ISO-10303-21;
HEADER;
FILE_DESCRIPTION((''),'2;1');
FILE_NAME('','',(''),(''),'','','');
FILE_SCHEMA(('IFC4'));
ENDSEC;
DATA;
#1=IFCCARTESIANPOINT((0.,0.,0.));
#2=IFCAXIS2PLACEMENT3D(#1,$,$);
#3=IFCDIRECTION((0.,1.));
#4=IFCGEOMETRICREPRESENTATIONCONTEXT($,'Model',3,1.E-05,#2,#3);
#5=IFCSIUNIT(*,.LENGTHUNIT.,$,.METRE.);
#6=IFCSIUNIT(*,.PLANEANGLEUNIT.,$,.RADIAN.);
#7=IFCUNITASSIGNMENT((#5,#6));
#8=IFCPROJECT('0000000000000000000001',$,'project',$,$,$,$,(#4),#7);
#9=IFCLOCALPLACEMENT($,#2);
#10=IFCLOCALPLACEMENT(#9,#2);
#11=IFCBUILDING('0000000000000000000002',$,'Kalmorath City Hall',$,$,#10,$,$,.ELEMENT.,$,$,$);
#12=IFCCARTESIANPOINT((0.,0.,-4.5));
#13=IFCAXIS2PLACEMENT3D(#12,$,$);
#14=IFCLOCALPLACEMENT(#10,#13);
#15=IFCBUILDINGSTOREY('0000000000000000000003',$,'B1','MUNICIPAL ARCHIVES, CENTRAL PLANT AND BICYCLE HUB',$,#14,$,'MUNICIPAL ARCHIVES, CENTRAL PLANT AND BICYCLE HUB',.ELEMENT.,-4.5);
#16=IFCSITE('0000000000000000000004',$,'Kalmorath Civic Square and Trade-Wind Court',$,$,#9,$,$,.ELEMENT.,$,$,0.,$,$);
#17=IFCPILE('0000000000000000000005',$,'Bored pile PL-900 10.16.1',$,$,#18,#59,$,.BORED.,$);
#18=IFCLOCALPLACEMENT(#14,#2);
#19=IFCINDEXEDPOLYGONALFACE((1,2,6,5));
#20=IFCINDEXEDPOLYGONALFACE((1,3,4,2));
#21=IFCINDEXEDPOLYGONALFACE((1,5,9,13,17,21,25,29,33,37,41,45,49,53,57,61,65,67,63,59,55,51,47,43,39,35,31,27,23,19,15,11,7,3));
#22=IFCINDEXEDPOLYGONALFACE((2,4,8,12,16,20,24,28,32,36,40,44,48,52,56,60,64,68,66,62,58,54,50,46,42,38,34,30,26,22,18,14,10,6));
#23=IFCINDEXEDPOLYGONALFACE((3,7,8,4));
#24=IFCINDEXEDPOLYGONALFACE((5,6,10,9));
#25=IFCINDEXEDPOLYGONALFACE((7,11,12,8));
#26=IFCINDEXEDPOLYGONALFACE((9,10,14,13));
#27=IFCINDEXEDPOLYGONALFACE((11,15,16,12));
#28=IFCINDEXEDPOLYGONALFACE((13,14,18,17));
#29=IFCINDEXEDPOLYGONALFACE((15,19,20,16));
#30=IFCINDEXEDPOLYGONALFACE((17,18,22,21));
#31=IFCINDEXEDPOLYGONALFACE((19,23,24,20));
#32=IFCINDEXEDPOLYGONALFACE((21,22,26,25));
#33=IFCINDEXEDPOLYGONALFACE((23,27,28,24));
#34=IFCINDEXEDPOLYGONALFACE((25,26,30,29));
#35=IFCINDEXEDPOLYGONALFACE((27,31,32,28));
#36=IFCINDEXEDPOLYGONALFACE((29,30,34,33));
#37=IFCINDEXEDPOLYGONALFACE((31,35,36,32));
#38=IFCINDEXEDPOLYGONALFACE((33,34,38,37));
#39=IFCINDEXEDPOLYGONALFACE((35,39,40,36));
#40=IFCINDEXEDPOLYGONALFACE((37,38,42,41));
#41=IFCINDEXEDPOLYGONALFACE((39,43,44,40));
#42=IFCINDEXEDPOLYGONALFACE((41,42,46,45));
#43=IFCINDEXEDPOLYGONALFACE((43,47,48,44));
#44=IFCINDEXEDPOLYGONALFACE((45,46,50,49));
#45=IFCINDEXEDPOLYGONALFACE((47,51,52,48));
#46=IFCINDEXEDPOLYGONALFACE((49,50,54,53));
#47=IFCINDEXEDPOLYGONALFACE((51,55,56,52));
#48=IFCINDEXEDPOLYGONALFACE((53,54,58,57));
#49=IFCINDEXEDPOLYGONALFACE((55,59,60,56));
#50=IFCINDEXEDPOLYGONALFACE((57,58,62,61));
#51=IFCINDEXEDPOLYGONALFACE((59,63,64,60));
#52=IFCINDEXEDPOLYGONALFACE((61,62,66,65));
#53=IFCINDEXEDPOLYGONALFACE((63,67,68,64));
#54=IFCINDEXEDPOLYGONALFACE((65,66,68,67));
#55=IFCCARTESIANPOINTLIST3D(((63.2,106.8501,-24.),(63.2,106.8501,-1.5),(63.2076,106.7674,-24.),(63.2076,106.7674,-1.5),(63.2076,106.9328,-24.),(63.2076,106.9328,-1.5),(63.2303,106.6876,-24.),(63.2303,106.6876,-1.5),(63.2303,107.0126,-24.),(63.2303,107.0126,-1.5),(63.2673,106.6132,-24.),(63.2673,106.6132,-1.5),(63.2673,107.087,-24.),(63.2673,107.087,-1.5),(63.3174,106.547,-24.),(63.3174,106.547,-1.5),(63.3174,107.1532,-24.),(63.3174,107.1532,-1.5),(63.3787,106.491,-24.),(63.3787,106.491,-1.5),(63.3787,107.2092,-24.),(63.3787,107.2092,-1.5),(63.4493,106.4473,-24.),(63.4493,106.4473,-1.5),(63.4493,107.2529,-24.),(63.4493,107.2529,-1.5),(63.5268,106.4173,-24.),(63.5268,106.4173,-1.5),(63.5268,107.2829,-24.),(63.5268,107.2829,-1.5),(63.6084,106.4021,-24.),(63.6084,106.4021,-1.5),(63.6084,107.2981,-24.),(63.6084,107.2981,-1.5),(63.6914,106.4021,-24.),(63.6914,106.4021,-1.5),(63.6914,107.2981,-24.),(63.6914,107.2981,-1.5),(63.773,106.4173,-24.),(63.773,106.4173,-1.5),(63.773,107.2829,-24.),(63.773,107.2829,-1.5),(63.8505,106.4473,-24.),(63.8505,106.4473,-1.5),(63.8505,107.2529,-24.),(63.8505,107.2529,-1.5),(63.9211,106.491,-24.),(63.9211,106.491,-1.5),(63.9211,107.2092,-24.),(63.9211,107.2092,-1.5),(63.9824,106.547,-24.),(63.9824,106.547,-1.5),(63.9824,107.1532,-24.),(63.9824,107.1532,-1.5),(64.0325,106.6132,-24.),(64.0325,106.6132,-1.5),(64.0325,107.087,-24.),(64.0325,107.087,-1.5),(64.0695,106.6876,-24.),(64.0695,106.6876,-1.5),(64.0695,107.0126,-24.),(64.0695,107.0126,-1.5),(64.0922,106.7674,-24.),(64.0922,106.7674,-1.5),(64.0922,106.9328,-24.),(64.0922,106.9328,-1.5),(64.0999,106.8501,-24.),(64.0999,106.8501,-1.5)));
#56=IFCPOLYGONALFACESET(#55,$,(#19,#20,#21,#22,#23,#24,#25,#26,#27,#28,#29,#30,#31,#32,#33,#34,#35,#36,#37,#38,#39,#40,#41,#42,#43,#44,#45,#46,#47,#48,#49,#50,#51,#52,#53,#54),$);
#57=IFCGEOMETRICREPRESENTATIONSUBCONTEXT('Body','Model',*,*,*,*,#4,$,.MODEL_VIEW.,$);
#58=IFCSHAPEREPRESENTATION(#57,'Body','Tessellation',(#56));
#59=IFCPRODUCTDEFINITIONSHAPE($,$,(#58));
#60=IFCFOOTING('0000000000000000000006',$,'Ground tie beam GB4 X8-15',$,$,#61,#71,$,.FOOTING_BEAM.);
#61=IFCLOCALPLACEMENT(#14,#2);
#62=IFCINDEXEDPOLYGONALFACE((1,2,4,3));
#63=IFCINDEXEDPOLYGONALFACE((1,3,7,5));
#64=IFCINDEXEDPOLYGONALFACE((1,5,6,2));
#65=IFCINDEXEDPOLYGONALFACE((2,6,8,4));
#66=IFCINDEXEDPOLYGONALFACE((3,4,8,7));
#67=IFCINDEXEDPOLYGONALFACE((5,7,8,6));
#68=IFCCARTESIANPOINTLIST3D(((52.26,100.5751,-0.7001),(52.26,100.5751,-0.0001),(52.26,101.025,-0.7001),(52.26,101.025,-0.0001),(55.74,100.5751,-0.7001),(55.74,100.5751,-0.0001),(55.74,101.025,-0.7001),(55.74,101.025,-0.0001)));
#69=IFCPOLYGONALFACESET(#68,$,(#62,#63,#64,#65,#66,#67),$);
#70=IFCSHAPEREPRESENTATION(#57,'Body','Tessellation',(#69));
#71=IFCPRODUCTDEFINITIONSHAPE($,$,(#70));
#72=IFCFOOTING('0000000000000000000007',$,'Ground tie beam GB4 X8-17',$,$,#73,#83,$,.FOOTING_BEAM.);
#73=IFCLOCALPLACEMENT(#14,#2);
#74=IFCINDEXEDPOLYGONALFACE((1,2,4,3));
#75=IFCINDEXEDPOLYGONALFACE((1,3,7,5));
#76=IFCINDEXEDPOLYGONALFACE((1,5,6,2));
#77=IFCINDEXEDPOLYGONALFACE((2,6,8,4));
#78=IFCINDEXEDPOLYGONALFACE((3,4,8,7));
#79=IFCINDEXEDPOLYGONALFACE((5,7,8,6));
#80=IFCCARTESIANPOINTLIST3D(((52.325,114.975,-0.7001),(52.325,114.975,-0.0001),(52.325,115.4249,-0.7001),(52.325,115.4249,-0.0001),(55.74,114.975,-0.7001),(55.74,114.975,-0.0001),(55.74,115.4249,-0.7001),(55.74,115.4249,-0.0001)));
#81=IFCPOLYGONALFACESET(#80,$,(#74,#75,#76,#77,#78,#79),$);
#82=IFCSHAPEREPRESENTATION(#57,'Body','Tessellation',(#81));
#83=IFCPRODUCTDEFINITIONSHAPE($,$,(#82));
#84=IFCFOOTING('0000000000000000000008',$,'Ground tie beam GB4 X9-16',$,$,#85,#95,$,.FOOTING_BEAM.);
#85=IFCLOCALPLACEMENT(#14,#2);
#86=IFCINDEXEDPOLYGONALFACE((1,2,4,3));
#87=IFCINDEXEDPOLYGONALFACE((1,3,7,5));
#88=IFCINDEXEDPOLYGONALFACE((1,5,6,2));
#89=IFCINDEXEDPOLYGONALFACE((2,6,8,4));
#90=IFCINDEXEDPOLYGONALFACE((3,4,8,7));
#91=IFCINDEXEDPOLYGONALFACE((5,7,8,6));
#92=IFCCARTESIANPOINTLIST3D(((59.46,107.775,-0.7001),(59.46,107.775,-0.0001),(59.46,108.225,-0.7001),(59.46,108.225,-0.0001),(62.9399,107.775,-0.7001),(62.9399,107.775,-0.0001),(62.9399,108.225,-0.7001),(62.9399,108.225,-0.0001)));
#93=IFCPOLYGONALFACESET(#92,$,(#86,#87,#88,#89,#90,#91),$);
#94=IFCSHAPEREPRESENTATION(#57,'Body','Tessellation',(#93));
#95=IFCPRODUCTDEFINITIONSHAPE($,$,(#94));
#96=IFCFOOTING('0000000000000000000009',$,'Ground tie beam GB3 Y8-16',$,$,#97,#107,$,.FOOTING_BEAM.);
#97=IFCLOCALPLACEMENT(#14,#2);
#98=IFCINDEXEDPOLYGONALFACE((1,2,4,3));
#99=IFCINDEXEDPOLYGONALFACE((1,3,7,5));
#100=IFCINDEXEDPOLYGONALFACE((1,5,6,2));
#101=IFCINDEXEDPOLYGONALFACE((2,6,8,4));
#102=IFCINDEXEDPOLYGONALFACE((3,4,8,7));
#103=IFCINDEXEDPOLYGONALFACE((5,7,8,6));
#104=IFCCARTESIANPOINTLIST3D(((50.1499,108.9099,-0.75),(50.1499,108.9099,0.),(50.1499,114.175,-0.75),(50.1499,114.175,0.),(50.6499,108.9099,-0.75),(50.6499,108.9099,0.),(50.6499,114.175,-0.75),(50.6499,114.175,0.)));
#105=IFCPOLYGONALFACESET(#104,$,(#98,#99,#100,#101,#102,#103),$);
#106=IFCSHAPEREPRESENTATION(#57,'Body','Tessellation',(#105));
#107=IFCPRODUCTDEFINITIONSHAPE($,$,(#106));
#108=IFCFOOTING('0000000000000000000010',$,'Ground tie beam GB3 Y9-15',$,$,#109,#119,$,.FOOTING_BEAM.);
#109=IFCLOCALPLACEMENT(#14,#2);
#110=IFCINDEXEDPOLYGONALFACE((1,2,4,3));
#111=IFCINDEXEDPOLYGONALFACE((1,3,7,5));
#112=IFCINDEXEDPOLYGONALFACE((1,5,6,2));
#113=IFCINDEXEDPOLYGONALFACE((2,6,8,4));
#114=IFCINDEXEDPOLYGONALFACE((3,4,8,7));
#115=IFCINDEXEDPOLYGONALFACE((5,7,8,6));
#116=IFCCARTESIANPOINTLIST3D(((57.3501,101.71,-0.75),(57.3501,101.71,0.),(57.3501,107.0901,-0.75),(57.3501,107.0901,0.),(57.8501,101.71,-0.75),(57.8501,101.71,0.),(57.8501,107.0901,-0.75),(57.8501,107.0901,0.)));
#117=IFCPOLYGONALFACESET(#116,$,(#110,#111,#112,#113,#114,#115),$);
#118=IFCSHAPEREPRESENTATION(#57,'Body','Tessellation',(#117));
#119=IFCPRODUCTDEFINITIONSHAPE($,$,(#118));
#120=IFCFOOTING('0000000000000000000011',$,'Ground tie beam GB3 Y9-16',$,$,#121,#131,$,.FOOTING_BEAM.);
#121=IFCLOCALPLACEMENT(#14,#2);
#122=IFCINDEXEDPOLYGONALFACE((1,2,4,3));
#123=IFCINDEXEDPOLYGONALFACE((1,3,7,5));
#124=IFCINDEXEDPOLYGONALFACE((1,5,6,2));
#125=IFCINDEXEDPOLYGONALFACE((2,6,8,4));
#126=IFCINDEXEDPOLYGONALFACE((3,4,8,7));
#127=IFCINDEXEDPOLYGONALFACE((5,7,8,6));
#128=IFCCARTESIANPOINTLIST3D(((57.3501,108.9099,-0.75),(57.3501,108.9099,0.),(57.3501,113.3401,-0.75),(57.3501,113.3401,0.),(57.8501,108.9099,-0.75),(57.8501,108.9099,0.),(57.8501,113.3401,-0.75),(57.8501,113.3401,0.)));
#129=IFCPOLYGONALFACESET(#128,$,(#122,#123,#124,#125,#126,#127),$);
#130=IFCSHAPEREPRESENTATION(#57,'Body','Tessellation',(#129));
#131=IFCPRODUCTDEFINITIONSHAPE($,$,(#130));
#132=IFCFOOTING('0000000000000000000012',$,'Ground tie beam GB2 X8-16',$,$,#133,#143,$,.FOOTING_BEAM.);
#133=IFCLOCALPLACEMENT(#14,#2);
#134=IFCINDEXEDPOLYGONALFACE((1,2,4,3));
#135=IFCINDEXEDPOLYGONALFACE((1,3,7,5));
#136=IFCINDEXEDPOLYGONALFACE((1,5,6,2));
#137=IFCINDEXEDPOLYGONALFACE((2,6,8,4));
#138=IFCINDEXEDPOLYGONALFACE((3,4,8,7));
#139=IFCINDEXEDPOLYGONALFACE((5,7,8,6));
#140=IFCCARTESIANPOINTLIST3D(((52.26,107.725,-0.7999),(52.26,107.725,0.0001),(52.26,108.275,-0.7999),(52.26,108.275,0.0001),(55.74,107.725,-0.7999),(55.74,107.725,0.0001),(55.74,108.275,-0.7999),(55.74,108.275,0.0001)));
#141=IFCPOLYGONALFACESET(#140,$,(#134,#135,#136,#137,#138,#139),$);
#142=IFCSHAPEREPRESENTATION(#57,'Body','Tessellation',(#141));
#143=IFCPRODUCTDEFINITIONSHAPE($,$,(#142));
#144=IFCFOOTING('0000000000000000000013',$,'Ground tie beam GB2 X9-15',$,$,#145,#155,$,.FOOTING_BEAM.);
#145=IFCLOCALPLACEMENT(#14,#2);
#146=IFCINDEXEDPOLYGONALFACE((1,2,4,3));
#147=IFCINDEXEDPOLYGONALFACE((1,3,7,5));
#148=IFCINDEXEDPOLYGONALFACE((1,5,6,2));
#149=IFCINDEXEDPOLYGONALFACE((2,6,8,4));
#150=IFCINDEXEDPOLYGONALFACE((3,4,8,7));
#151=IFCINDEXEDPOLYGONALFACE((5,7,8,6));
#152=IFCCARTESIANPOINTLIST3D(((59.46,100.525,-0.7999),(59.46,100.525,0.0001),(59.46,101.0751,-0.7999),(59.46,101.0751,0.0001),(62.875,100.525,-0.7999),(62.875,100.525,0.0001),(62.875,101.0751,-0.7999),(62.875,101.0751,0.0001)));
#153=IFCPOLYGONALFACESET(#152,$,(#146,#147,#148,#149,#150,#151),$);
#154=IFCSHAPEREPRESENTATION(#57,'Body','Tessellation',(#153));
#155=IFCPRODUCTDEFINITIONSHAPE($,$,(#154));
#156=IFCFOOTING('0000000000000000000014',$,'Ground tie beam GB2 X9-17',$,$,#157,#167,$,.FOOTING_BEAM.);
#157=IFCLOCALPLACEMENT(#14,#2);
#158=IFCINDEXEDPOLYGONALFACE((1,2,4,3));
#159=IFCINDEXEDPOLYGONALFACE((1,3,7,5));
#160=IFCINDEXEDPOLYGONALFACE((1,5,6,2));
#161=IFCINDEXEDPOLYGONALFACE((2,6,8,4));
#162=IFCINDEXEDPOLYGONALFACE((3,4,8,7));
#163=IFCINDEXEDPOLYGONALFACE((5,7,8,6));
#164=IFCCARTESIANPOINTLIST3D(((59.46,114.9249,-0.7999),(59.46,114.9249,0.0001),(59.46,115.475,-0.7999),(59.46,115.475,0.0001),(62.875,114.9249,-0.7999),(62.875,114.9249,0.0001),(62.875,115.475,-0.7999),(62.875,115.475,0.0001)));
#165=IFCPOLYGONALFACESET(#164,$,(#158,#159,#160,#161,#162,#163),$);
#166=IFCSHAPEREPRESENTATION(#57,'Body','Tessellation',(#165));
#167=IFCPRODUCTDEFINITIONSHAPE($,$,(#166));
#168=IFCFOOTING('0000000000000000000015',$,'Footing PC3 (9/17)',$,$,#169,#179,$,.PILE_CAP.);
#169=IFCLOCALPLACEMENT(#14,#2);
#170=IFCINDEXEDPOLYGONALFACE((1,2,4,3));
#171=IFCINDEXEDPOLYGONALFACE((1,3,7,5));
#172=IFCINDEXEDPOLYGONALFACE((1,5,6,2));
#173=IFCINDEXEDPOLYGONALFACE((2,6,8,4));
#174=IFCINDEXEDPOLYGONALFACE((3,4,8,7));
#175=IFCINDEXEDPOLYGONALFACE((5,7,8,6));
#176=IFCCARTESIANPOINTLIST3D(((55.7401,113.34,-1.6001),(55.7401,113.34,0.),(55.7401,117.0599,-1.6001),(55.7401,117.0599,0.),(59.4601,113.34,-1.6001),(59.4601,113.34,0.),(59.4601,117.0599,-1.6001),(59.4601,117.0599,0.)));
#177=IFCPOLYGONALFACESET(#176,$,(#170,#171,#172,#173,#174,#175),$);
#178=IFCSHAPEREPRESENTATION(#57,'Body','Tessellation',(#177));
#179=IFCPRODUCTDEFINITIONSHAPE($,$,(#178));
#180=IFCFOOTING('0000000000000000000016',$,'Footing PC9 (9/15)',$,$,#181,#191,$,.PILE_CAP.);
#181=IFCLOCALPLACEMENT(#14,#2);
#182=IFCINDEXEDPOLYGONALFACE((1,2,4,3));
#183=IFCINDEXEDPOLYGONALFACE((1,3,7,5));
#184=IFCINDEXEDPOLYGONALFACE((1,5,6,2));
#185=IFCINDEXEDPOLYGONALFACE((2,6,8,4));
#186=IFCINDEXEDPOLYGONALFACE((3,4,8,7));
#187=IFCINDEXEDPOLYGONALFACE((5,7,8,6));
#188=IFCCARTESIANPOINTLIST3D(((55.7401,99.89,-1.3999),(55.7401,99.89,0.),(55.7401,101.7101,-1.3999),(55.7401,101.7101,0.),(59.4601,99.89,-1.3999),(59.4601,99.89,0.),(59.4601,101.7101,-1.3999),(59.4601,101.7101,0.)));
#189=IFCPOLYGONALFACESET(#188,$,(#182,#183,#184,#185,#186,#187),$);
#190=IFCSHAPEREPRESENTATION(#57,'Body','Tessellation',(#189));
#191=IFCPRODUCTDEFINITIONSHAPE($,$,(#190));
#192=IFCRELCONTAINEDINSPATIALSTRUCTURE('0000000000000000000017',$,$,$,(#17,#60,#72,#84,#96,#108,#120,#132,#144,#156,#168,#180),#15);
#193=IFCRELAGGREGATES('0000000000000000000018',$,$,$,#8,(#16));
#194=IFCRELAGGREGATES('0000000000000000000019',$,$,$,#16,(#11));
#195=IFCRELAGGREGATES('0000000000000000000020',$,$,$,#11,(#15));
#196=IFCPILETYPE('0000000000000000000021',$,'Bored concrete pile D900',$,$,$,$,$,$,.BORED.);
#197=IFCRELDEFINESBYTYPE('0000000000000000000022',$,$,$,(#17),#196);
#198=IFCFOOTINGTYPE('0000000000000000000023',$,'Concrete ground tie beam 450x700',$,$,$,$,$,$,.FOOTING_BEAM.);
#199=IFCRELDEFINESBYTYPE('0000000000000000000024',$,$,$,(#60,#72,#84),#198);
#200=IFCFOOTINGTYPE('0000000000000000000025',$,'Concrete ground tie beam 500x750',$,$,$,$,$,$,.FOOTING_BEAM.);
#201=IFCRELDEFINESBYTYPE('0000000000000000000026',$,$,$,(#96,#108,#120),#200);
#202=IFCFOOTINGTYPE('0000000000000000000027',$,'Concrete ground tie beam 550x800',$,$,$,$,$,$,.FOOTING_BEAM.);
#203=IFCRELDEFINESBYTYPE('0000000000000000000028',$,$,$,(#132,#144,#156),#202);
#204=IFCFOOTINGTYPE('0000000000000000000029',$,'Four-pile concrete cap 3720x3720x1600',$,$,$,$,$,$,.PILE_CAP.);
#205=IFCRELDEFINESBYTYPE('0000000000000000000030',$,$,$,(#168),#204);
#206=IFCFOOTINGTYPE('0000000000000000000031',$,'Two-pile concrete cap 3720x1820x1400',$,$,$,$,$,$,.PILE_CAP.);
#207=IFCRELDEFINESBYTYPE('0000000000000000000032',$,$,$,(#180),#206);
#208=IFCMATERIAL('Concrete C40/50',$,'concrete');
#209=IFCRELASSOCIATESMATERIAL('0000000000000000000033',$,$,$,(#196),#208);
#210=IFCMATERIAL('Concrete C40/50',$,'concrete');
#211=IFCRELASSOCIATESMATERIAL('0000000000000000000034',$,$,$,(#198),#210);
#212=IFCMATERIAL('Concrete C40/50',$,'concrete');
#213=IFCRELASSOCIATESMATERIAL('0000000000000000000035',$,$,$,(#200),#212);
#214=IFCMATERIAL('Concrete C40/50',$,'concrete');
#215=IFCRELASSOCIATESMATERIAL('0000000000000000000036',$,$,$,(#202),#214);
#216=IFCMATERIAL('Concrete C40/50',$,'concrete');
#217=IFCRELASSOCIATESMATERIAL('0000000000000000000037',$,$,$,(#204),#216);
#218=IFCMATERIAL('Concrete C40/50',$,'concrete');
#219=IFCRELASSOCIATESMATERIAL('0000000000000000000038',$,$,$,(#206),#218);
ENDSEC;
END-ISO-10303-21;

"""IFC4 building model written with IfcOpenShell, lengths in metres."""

from ifc_helpers import new_model, si_unit, direction, frame, origin, origin_2d, place, context, subcontext, project, spatial, rectangle, circle, extrude, material, material_profile, profile_set, type_object, element, save


model = new_model("IFC4")

# Units and contexts
model_context = context("Model", 3, precision=1e-05, world=origin(), true_north=direction((0.0, 1.0)))
body_context = subcontext(model_context, "Body", "Model", "MODEL_VIEW")
ifc_project = project(units=[si_unit("LENGTHUNIT", "METRE"), si_unit("PLANEANGLEUNIT", "RADIAN")], contexts=[model_context])

# Site, building, storey
site_placement = place(None, origin())
site = spatial("IfcSite", under=ifc_project, at=site_placement, Name="Kalmorath Civic Square and Trade-Wind Court", CompositionType="ELEMENT", RefElevation=0.0)
building_placement = place(site_placement, origin())
building = spatial("IfcBuilding", under=site, at=building_placement, Name="Kalmorath City Hall", CompositionType="ELEMENT")
storey_placement = place(building_placement, frame((0.0, 0.0, -4.5)))
storey = spatial("IfcBuildingStorey", under=building, at=storey_placement, Name="B1", Description="MUNICIPAL ARCHIVES, CENTRAL PLANT AND BICYCLE HUB", LongName="MUNICIPAL ARCHIVES, CENTRAL PLANT AND BICYCLE HUB", CompositionType="ELEMENT", Elevation=-4.5)

# Pile
ifc_material_1 = material(Name="Concrete C40/50", Category="concrete")
ifc_material_profile_1 = material_profile(ifc_material_1, circle(Radius=0.45, at=origin_2d()), Name="PILE-D900")
ifc_profile_set_1 = profile_set([ifc_material_profile_1], Name="Concrete C40/50")
pile_type = type_object("IfcPileType", Name="Bored concrete pile D900", PredefinedType="BORED", material=ifc_profile_set_1)
pile_1_placement = place(storey_placement, frame((63.6499, 106.8501, -1.5), z_axis=(0.0, 0.0, -1.0), x_axis=(1.0, 0.0, 0.0)))
element("IfcPile", 1, at=pile_1_placement, inside=storey, type_object=pile_type, Name="Bored pile PL-900 10.16.1", PredefinedType="BORED", context=body_context, shape_type="SweptSolid", body=[
    extrude(circle(Radius=0.45, at=origin_2d()), origin(), (0.0, 0.0, 1.0), 22.5),
])

# Footings
ifc_material_2 = material(Name="Concrete C40/50", Category="concrete")
ifc_material_profile_2 = material_profile(ifc_material_2, rectangle(XDim=0.45, YDim=0.7, at=origin_2d()), Name="RC-BM-450X700")
ifc_profile_set_2 = profile_set([ifc_material_profile_2], Name="Concrete C40/50")
footing_type_1 = type_object("IfcFootingType", Name="Concrete ground tie beam 450x700", PredefinedType="FOOTING_BEAM", material=ifc_profile_set_2)
footing_1_placement = place(storey_placement, frame((52.26, 100.8, -0.3501), z_axis=(1.0, 0.0, 0.0), x_axis=(0.0, 1.0, 0.0)))
element("IfcFooting", 2, at=footing_1_placement, inside=storey, type_object=footing_type_1, Name="Ground tie beam GB4 X8-15", PredefinedType="FOOTING_BEAM", context=body_context, shape_type="SweptSolid", body=[
    extrude(rectangle(XDim=0.45, YDim=0.7, at=origin_2d()), origin(), (0.0, 0.0, 1.0), 3.48),
])
footing_2_placement = place(storey_placement, frame((52.325, 115.2, -0.3501), z_axis=(1.0, 0.0, 0.0), x_axis=(0.0, 1.0, 0.0)))
element("IfcFooting", 3, at=footing_2_placement, inside=storey, type_object=footing_type_1, Name="Ground tie beam GB4 X8-17", PredefinedType="FOOTING_BEAM", context=body_context, shape_type="SweptSolid", body=[
    extrude(rectangle(XDim=0.45, YDim=0.7, at=origin_2d()), origin(), (0.0, 0.0, 1.0), 3.415),
])
footing_3_placement = place(storey_placement, frame((59.46, 108.0, -0.3501), z_axis=(1.0, 0.0, 0.0), x_axis=(0.0, 1.0, 0.0)))
element("IfcFooting", 4, at=footing_3_placement, inside=storey, type_object=footing_type_1, Name="Ground tie beam GB4 X9-16", PredefinedType="FOOTING_BEAM", context=body_context, shape_type="SweptSolid", body=[
    extrude(rectangle(XDim=0.45, YDim=0.7, at=origin_2d()), origin(), (0.0, 0.0, 1.0), 3.48),
])
ifc_material_3 = material(Name="Concrete C40/50", Category="concrete")
ifc_material_profile_3 = material_profile(ifc_material_3, rectangle(XDim=0.5, YDim=0.75, at=origin_2d()), Name="RC-BM-500X750")
ifc_profile_set_3 = profile_set([ifc_material_profile_3], Name="Concrete C40/50")
footing_type_2 = type_object("IfcFootingType", Name="Concrete ground tie beam 500x750", PredefinedType="FOOTING_BEAM", material=ifc_profile_set_3)
footing_4_placement = place(storey_placement, frame((50.3999, 108.9099, -0.375), z_axis=(0.0, 1.0, 0.0), x_axis=(-1.0, 0.0, 0.0)))
element("IfcFooting", 5, at=footing_4_placement, inside=storey, type_object=footing_type_2, Name="Ground tie beam GB3 Y8-16", PredefinedType="FOOTING_BEAM", context=body_context, shape_type="SweptSolid", body=[
    extrude(rectangle(XDim=0.5, YDim=0.75, at=origin_2d()), origin(), (0.0, 0.0, 1.0), 5.2651),
])
footing_5_placement = place(storey_placement, frame((57.6001, 101.71, -0.375), z_axis=(0.0, 1.0, 0.0), x_axis=(-1.0, 0.0, 0.0)))
element("IfcFooting", 6, at=footing_5_placement, inside=storey, type_object=footing_type_2, Name="Ground tie beam GB3 Y9-15", PredefinedType="FOOTING_BEAM", context=body_context, shape_type="SweptSolid", body=[
    extrude(rectangle(XDim=0.5, YDim=0.75, at=origin_2d()), origin(), (0.0, 0.0, 1.0), 5.3801),
])
footing_6_placement = place(storey_placement, frame((57.6001, 108.9099, -0.375), z_axis=(0.0, 1.0, 0.0), x_axis=(-1.0, 0.0, 0.0)))
element("IfcFooting", 7, at=footing_6_placement, inside=storey, type_object=footing_type_2, Name="Ground tie beam GB3 Y9-16", PredefinedType="FOOTING_BEAM", context=body_context, shape_type="SweptSolid", body=[
    extrude(rectangle(XDim=0.5, YDim=0.75, at=origin_2d()), origin(), (0.0, 0.0, 1.0), 4.4302),
])
ifc_material_4 = material(Name="Concrete C40/50", Category="concrete")
ifc_material_profile_4 = material_profile(ifc_material_4, rectangle(XDim=0.55, YDim=0.8, at=origin_2d()), Name="RC-BM-550X800")
ifc_profile_set_4 = profile_set([ifc_material_profile_4], Name="Concrete C40/50")
footing_type_3 = type_object("IfcFootingType", Name="Concrete ground tie beam 550x800", PredefinedType="FOOTING_BEAM", material=ifc_profile_set_4)
footing_7_placement = place(storey_placement, frame((52.26, 108.0, -0.3999), z_axis=(1.0, 0.0, 0.0), x_axis=(0.0, 1.0, 0.0)))
element("IfcFooting", 8, at=footing_7_placement, inside=storey, type_object=footing_type_3, Name="Ground tie beam GB2 X8-16", PredefinedType="FOOTING_BEAM", context=body_context, shape_type="SweptSolid", body=[
    extrude(rectangle(XDim=0.55, YDim=0.8, at=origin_2d()), origin(), (0.0, 0.0, 1.0), 3.48),
])
for number, where, z_axis, x_axis, name in (
    (9, (59.46, 100.8, -0.3999), (1.0, 0.0, 0.0), (0.0, 1.0, 0.0), "Ground tie beam GB2 X9-15"),
    (10, (59.46, 115.2, -0.3999), (1.0, 0.0, 0.0), (0.0, 1.0, 0.0), "Ground tie beam GB2 X9-17"),
):
    element("IfcFooting", number, at=place(storey_placement, frame(where, z_axis=z_axis, x_axis=x_axis)), inside=storey, type_object=footing_type_3, Name=name, PredefinedType="FOOTING_BEAM", context=body_context, shape_type="SweptSolid", body=[
        extrude(rectangle(XDim=0.55, YDim=0.8, at=origin_2d()), origin(), (0.0, 0.0, 1.0), 3.415),
    ])
ifc_material_5 = material(Name="Concrete C40/50", Category="concrete")
footing_type_4 = type_object("IfcFootingType", Name="Four-pile concrete cap 3720x3720x1600", PredefinedType="PILE_CAP", material=ifc_material_5)
footing_8_placement = place(storey_placement, frame((57.6001, 115.2, -1.6001), z_axis=(0.0, 0.0, 1.0), x_axis=(1.0, 0.0, 0.0)))
element("IfcFooting", 11, at=footing_8_placement, inside=storey, type_object=footing_type_4, Name="Footing PC3 (9/17)", PredefinedType="PILE_CAP", context=body_context, shape_type="SweptSolid", body=[
    extrude(rectangle(XDim=3.72, YDim=3.72, at=origin_2d()), origin(), (0.0, 0.0, 1.0), 1.6001),
])
ifc_material_6 = material(Name="Concrete C40/50", Category="concrete")
footing_type_5 = type_object("IfcFootingType", Name="Two-pile concrete cap 3720x1820x1400", PredefinedType="PILE_CAP", material=ifc_material_6)
for number, where, z_axis, x_axis, name in (
    (12, (57.6001, 100.8, -1.3999), (0.0, 0.0, 1.0), (1.0, 0.0, 0.0), "Footing PC9 (9/15)"),
):
    element("IfcFooting", number, at=place(storey_placement, frame(where, z_axis=z_axis, x_axis=x_axis)), inside=storey, type_object=footing_type_5, Name=name, PredefinedType="PILE_CAP", context=body_context, shape_type="SweptSolid", body=[
        extrude(rectangle(XDim=3.72, YDim=1.8201, at=origin_2d()), origin(), (0.0, 0.0, 1.0), 1.3999),
    ])

save(model, "model.ifc")
